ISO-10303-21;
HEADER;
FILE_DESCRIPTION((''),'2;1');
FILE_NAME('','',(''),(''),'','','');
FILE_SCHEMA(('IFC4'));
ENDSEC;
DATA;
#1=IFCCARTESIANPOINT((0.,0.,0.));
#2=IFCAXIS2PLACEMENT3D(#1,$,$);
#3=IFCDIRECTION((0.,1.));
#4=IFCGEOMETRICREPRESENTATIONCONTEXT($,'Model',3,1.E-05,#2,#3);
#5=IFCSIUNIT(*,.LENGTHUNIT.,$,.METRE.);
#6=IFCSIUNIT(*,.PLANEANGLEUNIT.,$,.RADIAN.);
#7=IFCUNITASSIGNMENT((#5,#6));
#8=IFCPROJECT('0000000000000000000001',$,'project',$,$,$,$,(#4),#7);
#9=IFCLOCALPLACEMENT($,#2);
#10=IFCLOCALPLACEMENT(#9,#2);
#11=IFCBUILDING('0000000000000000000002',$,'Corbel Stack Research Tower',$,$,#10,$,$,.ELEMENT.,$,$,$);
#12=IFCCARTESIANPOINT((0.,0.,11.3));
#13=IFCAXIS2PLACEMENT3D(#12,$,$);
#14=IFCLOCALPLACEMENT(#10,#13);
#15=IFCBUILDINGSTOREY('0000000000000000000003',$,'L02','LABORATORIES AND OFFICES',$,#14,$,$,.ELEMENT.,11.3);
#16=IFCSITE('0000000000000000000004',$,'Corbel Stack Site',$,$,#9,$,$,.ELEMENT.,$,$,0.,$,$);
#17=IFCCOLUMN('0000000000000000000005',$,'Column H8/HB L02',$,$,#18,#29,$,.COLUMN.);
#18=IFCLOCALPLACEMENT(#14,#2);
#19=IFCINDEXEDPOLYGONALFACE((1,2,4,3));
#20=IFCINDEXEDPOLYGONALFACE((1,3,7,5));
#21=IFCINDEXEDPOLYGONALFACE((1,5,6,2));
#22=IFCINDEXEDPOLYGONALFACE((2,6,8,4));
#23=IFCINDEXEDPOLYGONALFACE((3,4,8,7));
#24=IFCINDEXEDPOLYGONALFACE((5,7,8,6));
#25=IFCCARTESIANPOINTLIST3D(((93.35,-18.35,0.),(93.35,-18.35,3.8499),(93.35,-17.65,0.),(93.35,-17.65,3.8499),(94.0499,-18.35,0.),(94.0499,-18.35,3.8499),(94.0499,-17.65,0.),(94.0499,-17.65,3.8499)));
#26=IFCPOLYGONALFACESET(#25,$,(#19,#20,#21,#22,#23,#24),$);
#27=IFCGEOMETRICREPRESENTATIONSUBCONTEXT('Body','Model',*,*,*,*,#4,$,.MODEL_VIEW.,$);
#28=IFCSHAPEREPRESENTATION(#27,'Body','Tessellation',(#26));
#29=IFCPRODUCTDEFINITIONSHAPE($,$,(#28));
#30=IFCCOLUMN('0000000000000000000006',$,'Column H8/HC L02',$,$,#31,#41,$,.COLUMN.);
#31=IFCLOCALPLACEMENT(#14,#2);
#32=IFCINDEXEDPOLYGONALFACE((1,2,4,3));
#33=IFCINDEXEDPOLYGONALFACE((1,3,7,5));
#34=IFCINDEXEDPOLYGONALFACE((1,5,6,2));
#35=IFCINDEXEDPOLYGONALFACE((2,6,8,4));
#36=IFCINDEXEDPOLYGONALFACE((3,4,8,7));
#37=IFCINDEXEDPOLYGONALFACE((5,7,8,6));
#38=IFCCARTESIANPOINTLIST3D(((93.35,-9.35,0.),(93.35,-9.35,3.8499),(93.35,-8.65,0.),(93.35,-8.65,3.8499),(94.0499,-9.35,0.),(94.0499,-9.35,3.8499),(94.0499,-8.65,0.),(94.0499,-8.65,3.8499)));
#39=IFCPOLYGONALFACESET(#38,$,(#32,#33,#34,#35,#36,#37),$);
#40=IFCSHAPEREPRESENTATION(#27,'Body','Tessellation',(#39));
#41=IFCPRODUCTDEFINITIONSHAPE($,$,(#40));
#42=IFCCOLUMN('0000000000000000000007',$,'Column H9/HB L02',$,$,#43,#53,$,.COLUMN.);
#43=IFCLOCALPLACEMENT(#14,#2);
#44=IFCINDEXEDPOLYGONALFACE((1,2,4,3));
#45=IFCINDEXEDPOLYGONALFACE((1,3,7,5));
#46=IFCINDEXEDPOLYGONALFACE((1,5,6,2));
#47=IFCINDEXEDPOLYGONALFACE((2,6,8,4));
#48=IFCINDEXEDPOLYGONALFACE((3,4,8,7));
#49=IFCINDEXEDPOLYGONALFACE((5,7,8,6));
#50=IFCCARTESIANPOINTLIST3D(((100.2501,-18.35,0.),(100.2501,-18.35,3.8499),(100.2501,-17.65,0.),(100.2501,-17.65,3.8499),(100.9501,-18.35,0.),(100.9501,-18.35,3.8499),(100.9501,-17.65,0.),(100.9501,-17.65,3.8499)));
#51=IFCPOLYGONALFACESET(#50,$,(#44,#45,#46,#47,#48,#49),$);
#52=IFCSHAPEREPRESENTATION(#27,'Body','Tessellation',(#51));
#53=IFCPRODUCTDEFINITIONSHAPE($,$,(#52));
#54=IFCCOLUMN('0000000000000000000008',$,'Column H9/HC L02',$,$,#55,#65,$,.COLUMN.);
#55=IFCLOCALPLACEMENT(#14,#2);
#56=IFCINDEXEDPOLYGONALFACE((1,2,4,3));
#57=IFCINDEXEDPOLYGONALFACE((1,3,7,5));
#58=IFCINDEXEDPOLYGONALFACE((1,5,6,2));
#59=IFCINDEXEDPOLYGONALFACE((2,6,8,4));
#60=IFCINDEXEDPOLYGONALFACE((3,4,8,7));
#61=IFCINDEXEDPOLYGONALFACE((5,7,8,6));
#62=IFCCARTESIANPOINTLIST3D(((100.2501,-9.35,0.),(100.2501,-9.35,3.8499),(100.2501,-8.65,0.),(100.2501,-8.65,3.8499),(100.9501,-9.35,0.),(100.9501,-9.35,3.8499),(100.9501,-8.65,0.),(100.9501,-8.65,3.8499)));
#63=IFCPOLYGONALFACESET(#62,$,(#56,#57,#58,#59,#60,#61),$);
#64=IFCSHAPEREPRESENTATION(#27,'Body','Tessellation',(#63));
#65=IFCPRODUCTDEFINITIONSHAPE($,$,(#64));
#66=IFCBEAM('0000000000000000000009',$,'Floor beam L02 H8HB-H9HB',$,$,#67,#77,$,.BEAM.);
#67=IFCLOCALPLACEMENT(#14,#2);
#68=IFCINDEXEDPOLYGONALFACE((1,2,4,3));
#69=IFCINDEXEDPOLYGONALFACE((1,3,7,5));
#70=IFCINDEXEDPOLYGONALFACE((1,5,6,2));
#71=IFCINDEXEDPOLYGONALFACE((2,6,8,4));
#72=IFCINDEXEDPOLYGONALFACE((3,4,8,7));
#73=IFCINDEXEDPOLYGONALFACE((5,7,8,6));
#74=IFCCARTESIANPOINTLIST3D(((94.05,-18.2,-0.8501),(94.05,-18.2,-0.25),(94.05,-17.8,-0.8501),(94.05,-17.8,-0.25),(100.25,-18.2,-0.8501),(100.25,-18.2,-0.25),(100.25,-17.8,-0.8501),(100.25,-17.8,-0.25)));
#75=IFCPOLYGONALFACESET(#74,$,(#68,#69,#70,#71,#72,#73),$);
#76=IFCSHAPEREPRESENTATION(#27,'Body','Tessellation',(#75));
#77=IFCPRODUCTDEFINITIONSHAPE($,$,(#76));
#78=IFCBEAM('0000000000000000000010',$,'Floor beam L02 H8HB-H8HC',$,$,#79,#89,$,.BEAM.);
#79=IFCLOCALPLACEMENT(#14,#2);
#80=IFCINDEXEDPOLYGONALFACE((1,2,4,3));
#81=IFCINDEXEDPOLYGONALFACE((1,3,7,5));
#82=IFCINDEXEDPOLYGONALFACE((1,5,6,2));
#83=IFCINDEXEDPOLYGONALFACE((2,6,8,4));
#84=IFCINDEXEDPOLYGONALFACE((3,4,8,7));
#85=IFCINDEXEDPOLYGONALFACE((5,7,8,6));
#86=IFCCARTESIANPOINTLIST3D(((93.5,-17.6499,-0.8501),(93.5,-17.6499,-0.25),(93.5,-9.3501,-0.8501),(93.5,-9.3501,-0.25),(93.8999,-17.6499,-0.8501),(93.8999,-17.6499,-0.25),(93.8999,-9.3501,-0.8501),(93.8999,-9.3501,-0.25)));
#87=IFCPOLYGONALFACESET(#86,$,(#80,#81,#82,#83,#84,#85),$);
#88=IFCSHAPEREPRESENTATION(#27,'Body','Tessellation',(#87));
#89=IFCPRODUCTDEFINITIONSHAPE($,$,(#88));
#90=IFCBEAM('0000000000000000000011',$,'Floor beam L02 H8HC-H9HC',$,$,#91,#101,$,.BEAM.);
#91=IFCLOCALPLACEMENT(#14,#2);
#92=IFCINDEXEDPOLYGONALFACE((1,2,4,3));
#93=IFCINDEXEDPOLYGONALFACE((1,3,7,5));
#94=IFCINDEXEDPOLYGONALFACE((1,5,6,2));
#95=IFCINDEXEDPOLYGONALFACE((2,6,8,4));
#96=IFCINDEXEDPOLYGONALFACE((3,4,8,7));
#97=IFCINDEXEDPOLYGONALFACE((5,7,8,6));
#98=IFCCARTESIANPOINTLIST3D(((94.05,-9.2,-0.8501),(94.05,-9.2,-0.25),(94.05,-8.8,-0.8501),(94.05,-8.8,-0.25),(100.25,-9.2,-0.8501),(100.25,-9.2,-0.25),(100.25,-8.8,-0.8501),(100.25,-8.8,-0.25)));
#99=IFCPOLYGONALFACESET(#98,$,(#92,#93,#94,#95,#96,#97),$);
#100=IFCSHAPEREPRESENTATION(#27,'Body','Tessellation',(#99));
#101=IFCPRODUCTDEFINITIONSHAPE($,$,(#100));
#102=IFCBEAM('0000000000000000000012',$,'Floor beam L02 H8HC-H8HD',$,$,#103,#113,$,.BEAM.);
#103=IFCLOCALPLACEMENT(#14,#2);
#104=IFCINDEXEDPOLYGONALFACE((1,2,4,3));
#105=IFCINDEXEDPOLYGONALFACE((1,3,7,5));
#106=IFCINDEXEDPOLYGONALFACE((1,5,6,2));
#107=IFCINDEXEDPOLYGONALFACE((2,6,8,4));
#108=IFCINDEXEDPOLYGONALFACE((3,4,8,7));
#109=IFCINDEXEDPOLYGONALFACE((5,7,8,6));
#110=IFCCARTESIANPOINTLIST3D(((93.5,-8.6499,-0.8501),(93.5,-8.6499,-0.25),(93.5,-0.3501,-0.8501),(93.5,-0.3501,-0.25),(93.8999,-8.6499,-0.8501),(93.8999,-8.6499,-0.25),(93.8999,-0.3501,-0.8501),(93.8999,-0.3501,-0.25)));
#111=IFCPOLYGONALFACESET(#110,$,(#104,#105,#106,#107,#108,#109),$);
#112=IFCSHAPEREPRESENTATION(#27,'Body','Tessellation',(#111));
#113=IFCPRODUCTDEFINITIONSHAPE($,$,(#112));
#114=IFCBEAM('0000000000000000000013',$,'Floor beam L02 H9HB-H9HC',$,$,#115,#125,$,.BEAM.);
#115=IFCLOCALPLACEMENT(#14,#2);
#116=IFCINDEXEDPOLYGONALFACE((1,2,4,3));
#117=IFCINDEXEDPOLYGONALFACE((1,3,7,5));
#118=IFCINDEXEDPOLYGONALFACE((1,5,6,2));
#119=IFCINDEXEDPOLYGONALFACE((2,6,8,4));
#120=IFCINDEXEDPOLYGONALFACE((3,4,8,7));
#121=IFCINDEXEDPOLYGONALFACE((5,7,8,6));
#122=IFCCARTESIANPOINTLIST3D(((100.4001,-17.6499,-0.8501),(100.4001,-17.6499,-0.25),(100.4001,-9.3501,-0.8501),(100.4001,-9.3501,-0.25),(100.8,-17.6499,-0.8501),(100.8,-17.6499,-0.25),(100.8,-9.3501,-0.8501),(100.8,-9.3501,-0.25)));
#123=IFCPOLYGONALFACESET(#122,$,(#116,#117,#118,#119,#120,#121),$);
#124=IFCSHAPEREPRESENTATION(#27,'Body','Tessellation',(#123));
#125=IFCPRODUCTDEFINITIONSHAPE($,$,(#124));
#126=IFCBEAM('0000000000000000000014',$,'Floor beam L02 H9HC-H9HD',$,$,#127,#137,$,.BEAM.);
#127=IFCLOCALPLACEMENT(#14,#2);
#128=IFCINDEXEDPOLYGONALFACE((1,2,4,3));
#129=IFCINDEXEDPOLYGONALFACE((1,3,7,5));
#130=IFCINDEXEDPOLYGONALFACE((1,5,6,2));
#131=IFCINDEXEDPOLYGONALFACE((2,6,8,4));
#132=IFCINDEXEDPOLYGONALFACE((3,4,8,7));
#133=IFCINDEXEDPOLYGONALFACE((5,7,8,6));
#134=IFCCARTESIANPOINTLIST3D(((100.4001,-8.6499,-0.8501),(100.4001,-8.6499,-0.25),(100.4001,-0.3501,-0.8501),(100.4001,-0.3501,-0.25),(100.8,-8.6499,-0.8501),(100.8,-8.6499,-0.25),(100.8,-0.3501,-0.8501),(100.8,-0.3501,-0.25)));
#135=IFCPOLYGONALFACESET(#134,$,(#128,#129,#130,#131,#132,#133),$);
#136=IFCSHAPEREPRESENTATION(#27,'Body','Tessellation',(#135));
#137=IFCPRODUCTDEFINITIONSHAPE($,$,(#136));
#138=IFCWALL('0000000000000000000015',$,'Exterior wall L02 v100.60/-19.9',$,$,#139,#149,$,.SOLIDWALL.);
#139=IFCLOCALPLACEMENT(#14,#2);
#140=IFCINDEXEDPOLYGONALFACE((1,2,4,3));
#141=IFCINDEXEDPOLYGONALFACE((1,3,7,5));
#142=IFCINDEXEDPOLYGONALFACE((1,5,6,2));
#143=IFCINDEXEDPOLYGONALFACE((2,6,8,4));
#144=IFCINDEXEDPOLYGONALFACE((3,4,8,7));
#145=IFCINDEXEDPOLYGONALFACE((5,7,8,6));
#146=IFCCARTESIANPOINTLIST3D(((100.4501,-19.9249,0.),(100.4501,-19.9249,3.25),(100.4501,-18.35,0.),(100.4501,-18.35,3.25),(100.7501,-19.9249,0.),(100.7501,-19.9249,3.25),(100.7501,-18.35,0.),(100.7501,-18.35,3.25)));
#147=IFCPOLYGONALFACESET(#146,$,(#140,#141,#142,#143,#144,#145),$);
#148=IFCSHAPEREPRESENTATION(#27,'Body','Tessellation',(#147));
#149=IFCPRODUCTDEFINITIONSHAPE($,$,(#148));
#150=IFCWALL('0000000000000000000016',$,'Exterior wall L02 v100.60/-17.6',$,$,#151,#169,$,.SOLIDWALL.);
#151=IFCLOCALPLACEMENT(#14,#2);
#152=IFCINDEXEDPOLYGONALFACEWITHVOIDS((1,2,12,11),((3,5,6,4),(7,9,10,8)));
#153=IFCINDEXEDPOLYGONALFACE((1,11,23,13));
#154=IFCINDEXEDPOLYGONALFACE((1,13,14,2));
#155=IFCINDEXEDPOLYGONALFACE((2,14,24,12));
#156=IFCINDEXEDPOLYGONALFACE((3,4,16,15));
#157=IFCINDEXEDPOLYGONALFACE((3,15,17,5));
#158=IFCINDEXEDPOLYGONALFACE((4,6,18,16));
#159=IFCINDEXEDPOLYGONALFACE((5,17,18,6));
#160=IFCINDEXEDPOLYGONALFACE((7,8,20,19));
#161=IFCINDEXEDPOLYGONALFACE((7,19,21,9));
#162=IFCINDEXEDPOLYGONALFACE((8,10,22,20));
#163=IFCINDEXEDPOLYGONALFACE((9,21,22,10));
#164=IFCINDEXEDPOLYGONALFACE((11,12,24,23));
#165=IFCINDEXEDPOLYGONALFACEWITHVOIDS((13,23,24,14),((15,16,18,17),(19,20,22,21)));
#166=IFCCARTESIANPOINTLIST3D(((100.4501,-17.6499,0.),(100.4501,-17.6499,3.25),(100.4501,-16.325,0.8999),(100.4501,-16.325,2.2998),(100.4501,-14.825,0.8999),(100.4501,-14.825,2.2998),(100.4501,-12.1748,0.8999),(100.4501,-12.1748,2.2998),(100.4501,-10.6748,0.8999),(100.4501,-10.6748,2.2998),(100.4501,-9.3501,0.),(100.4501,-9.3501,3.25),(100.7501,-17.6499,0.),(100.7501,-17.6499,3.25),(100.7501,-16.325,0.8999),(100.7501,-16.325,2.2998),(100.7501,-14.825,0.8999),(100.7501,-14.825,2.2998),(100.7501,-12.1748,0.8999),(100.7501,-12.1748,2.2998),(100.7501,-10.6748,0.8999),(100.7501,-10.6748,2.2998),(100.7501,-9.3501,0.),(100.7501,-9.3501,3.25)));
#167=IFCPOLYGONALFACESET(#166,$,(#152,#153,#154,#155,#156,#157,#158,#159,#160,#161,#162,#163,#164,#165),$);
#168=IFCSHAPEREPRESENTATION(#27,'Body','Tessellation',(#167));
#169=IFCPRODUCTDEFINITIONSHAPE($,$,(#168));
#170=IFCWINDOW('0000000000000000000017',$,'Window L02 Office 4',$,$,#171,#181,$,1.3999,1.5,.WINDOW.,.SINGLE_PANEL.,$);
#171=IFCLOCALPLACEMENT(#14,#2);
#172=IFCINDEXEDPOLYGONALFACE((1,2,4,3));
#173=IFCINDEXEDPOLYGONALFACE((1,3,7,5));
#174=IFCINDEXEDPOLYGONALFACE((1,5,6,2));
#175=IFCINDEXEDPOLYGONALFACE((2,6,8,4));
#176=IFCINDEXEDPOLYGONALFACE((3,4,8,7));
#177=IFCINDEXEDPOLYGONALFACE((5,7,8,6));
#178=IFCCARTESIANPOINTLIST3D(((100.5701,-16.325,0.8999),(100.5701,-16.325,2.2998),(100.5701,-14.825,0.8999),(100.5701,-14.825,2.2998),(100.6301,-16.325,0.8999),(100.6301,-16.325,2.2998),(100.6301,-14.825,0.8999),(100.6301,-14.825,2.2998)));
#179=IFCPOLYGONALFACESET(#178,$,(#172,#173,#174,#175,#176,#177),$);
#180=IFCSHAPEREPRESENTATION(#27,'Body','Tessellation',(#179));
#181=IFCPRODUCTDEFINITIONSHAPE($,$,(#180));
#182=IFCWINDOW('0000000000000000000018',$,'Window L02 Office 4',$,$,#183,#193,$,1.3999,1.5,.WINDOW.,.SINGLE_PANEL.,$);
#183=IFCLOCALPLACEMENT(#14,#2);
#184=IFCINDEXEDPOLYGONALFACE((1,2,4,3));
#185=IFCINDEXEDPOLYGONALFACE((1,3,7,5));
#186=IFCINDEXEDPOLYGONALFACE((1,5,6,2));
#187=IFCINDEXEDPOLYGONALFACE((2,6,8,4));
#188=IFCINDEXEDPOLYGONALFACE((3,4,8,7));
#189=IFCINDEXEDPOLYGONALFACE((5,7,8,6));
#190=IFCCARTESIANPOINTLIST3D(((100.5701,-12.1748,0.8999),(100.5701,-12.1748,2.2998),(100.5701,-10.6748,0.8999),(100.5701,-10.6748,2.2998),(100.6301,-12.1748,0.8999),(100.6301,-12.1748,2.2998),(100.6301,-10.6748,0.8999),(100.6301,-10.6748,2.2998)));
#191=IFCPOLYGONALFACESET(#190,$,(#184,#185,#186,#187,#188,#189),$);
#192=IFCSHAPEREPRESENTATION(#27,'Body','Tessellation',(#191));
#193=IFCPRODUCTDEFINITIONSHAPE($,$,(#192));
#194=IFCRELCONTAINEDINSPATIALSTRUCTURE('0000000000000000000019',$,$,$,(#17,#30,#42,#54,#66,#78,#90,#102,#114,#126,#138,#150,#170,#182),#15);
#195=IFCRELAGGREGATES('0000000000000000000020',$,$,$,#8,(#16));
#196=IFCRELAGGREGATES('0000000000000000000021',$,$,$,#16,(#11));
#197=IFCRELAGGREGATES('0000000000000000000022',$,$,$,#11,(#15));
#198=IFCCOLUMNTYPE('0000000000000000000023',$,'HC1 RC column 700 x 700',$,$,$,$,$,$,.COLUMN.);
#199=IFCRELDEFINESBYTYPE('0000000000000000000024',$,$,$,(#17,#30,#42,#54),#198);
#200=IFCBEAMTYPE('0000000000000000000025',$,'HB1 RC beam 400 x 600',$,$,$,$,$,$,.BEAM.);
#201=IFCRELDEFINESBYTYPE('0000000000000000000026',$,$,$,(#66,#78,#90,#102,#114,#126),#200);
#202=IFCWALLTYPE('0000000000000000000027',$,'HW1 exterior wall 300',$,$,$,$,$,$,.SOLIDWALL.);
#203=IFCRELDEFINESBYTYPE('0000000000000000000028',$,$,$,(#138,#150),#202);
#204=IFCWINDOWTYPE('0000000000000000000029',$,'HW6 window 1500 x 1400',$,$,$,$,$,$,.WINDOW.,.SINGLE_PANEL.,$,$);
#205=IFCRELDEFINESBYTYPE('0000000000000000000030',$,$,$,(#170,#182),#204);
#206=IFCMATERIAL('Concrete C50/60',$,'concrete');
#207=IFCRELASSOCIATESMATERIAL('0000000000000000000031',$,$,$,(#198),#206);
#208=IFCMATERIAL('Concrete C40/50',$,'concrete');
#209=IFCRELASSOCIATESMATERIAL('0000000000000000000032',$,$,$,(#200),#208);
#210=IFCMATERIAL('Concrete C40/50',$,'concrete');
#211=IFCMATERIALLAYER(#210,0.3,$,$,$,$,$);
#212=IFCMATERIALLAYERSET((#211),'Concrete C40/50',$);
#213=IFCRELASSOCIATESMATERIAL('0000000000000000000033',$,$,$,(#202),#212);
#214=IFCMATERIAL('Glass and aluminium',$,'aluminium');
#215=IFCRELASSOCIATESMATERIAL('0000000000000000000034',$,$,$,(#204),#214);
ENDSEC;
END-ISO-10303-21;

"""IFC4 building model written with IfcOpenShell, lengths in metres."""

from ifc_helpers import new_model, si_unit, direction, frame, frame_2d, origin, origin_2d, place, context, subcontext, project, spatial, rectangle, extrude, material, layer, layer_set, material_profile, profile_set, type_object, element, fill, save


model = new_model("IFC4")

# Units and contexts
model_context = context("Model", 3, precision=1e-05, world=origin(), true_north=direction((0.0, 1.0)))
body_context = subcontext(model_context, "Body", "Model", "MODEL_VIEW")
ifc_project = project(units=[si_unit("LENGTHUNIT", "METRE"), si_unit("PLANEANGLEUNIT", "RADIAN")], contexts=[model_context])

# Site, building, storey
site_placement = place(None, origin())
site = spatial("IfcSite", under=ifc_project, at=site_placement, Name="Corbel Stack Site", CompositionType="ELEMENT", RefElevation=0.0)
building_placement = place(site_placement, origin())
building = spatial("IfcBuilding", under=site, at=building_placement, Name="Corbel Stack Research Tower", CompositionType="ELEMENT")
storey_placement = place(building_placement, frame((0.0, 0.0, 11.3)))
storey = spatial("IfcBuildingStorey", under=building, at=storey_placement, Name="L02", Description="LABORATORIES AND OFFICES", CompositionType="ELEMENT", Elevation=11.3)

# Columns
ifc_material_1 = material(Name="Concrete C50/60", Category="concrete")
ifc_material_profile_1 = material_profile(ifc_material_1, rectangle(XDim=0.7, YDim=0.7, at=origin_2d()), Name="RC 700 x 700")
ifc_profile_set_1 = profile_set([ifc_material_profile_1], Name="Concrete C50/60")
column_type = type_object("IfcColumnType", Name="HC1 RC column 700 x 700", PredefinedType="COLUMN", material=ifc_profile_set_1)
for number, where, z_axis, x_axis, name in (
    (1, (93.7, -18.0, 0.0), (0.0, 0.0, 1.0), (1.0, 0.0, 0.0), "Column H8/HB L02"),
    (2, (93.7, -9.0, 0.0), (0.0, 0.0, 1.0), (1.0, 0.0, 0.0), "Column H8/HC L02"),
    (3, (100.6001, -18.0, 0.0), (0.0, 0.0, 1.0), (1.0, 0.0, 0.0), "Column H9/HB L02"),
    (4, (100.6001, -9.0, 0.0), (0.0, 0.0, 1.0), (1.0, 0.0, 0.0), "Column H9/HC L02"),
):
    element("IfcColumn", number, at=place(storey_placement, frame(where, z_axis=z_axis, x_axis=x_axis)), inside=storey, type_object=column_type, Name=name, PredefinedType="COLUMN", context=body_context, shape_type="SweptSolid", body=[
        extrude(rectangle(XDim=0.7, YDim=0.7, at=origin_2d()), origin(), (0.0, 0.0, 1.0), 3.8499),
    ])

# Beams
ifc_material_2 = material(Name="Concrete C40/50", Category="concrete")
ifc_material_profile_2 = material_profile(ifc_material_2, rectangle(XDim=0.3999, YDim=0.6001, at=origin_2d()), Name="RC 400 x 600")
ifc_profile_set_2 = profile_set([ifc_material_profile_2], Name="Concrete C40/50")
beam_type = type_object("IfcBeamType", Name="HB1 RC beam 400 x 600", PredefinedType="BEAM", material=ifc_profile_set_2)
beam_1_placement = place(storey_placement, frame((94.05, -18.0, -0.55), z_axis=(1.0, 0.0, 0.0), x_axis=(0.0, 1.0, 0.0)))
element("IfcBeam", 5, at=beam_1_placement, inside=storey, type_object=beam_type, Name="Floor beam L02 H8HB-H9HB", PredefinedType="BEAM", context=body_context, shape_type="SweptSolid", body=[
    extrude(rectangle(XDim=0.3999, YDim=0.6001, at=origin_2d()), origin(), (0.0, 0.0, 1.0), 6.2),
])
beam_2_placement = place(storey_placement, frame((93.7, -17.6499, -0.55), z_axis=(0.0, 1.0, 0.0), x_axis=(-1.0, 0.0, 0.0)))
element("IfcBeam", 6, at=beam_2_placement, inside=storey, type_object=beam_type, Name="Floor beam L02 H8HB-H8HC", PredefinedType="BEAM", context=body_context, shape_type="SweptSolid", body=[
    extrude(rectangle(XDim=0.3999, YDim=0.6001, at=origin_2d()), origin(), (0.0, 0.0, 1.0), 8.2998),
])
beam_3_placement = place(storey_placement, frame((94.05, -9.0, -0.55), z_axis=(1.0, 0.0, 0.0), x_axis=(0.0, 1.0, 0.0)))
element("IfcBeam", 7, at=beam_3_placement, inside=storey, type_object=beam_type, Name="Floor beam L02 H8HC-H9HC", PredefinedType="BEAM", context=body_context, shape_type="SweptSolid", body=[
    extrude(rectangle(XDim=0.3999, YDim=0.6001, at=origin_2d()), origin(), (0.0, 0.0, 1.0), 6.2),
])
for number, where, z_axis, x_axis, name in (
    (8, (93.7, -8.6499, -0.55), (0.0, 1.0, 0.0), (-1.0, 0.0, 0.0), "Floor beam L02 H8HC-H8HD"),
    (9, (100.6001, -17.6499, -0.55), (0.0, 1.0, 0.0), (-1.0, 0.0, 0.0), "Floor beam L02 H9HB-H9HC"),
    (10, (100.6001, -8.6499, -0.55), (0.0, 1.0, 0.0), (-1.0, 0.0, 0.0), "Floor beam L02 H9HC-H9HD"),
):
    element("IfcBeam", number, at=place(storey_placement, frame(where, z_axis=z_axis, x_axis=x_axis)), inside=storey, type_object=beam_type, Name=name, PredefinedType="BEAM", context=body_context, shape_type="SweptSolid", body=[
        extrude(rectangle(XDim=0.3999, YDim=0.6001, at=origin_2d()), origin(), (0.0, 0.0, 1.0), 8.2998),
    ])

# Wall
ifc_material_3 = material(Name="Concrete C40/50", Category="concrete")
ifc_layer_1 = layer(ifc_material_3, 0.3)
ifc_layer_set_1 = layer_set([ifc_layer_1], Name="Concrete C40/50")
wall_type_1 = type_object("IfcWallType", Name="HW1 exterior wall 300", PredefinedType="SOLIDWALL", material=ifc_layer_set_1)
wall_1_placement = place(storey_placement, frame((100.6001, -19.925, 0.0), z_axis=(0.0, 0.0, 1.0), x_axis=(0.0, 1.0, 0.0)))
element("IfcWall", 11, at=wall_1_placement, inside=storey, type_object=wall_type_1, Name="Exterior wall L02 v100.60/-19.9", PredefinedType="SOLIDWALL", context=body_context, shape_type="SweptSolid", body=[
    extrude(rectangle(XDim=1.575, YDim=0.3, at=frame_2d((0.7876, 0.0))), origin(), (0.0, 0.0, 1.0), 3.25),
])

# Wall, openings, windows
wall_2_placement = place(storey_placement, frame((100.6001, -17.6499, 0.0), z_axis=(0.0, 0.0, 1.0), x_axis=(0.0, 1.0, 0.0)))
wall_2 = element("IfcWall", 12, at=wall_2_placement, inside=storey, type_object=wall_type_1, Name="Exterior wall L02 v100.60/-17.6", PredefinedType="SOLIDWALL", context=body_context, shape_type="SweptSolid", body=[
    extrude(rectangle(XDim=8.2998, YDim=0.3, at=frame_2d((4.1499, 0.0))), origin(), (0.0, 0.0, 1.0), 3.25),
])
opening_1_placement = place(wall_2_placement, frame((1.325, 0.0, 0.8999)))
opening_1 = element("IfcOpeningElement", 13, at=opening_1_placement, cuts=wall_2, PredefinedType="OPENING", context=body_context, shape_type="SweptSolid", body=[
    extrude(rectangle(XDim=1.5, YDim=1.3999, at=frame_2d((0.75, 0.7))), frame((0.0, 0.1599, 0.0), z_axis=(0.0, -1.0, 0.0), x_axis=(1.0, 0.0, 0.0)), (0.0, 0.0, 1.0), 0.3201),
])
opening_2_placement = place(wall_2_placement, frame((5.4751, 0.0, 0.8999)))
opening_2 = element("IfcOpeningElement", 14, at=opening_2_placement, cuts=wall_2, PredefinedType="OPENING", context=body_context, shape_type="SweptSolid", body=[
    extrude(rectangle(XDim=1.5, YDim=1.3999, at=frame_2d((0.75, 0.7))), frame((0.0, 0.1599, 0.0), z_axis=(0.0, -1.0, 0.0), x_axis=(1.0, 0.0, 0.0)), (0.0, 0.0, 1.0), 0.3201),
])
ifc_material_4 = material(Name="Glass and aluminium", Category="aluminium")
window_type = type_object("IfcWindowType", Name="HW6 window 1500 x 1400", PartitioningType="SINGLE_PANEL", PredefinedType="WINDOW", material=ifc_material_4)
window_1_placement = place(opening_1_placement, origin())
window_1 = element("IfcWindow", 15, at=window_1_placement, inside=storey, type_object=window_type, Name="Window L02 Office 4", OverallHeight=1.3999, OverallWidth=1.5, PartitioningType="SINGLE_PANEL", PredefinedType="WINDOW", context=body_context, shape_type="SweptSolid", body=[
    extrude(rectangle(XDim=1.5, YDim=1.3999, at=frame_2d((0.75, 0.7))), frame((0.0, 0.03, 0.0), z_axis=(0.0, -1.0, 0.0), x_axis=(1.0, 0.0, 0.0)), (0.0, 0.0, 1.0), 0.0601),
])
fill(opening_1, window_1)
window_2_placement = place(opening_2_placement, origin())
window_2 = element("IfcWindow", 16, at=window_2_placement, inside=storey, type_object=window_type, Name="Window L02 Office 4", OverallHeight=1.3999, OverallWidth=1.5, PartitioningType="SINGLE_PANEL", PredefinedType="WINDOW", context=body_context, shape_type="SweptSolid", body=[
    extrude(rectangle(XDim=1.5, YDim=1.3999, at=frame_2d((0.75, 0.7))), frame((0.0, 0.03, 0.0), z_axis=(0.0, -1.0, 0.0), x_axis=(1.0, 0.0, 0.0)), (0.0, 0.0, 1.0), 0.0601),
])
fill(opening_2, window_2)

save(model, "model.ifc")
